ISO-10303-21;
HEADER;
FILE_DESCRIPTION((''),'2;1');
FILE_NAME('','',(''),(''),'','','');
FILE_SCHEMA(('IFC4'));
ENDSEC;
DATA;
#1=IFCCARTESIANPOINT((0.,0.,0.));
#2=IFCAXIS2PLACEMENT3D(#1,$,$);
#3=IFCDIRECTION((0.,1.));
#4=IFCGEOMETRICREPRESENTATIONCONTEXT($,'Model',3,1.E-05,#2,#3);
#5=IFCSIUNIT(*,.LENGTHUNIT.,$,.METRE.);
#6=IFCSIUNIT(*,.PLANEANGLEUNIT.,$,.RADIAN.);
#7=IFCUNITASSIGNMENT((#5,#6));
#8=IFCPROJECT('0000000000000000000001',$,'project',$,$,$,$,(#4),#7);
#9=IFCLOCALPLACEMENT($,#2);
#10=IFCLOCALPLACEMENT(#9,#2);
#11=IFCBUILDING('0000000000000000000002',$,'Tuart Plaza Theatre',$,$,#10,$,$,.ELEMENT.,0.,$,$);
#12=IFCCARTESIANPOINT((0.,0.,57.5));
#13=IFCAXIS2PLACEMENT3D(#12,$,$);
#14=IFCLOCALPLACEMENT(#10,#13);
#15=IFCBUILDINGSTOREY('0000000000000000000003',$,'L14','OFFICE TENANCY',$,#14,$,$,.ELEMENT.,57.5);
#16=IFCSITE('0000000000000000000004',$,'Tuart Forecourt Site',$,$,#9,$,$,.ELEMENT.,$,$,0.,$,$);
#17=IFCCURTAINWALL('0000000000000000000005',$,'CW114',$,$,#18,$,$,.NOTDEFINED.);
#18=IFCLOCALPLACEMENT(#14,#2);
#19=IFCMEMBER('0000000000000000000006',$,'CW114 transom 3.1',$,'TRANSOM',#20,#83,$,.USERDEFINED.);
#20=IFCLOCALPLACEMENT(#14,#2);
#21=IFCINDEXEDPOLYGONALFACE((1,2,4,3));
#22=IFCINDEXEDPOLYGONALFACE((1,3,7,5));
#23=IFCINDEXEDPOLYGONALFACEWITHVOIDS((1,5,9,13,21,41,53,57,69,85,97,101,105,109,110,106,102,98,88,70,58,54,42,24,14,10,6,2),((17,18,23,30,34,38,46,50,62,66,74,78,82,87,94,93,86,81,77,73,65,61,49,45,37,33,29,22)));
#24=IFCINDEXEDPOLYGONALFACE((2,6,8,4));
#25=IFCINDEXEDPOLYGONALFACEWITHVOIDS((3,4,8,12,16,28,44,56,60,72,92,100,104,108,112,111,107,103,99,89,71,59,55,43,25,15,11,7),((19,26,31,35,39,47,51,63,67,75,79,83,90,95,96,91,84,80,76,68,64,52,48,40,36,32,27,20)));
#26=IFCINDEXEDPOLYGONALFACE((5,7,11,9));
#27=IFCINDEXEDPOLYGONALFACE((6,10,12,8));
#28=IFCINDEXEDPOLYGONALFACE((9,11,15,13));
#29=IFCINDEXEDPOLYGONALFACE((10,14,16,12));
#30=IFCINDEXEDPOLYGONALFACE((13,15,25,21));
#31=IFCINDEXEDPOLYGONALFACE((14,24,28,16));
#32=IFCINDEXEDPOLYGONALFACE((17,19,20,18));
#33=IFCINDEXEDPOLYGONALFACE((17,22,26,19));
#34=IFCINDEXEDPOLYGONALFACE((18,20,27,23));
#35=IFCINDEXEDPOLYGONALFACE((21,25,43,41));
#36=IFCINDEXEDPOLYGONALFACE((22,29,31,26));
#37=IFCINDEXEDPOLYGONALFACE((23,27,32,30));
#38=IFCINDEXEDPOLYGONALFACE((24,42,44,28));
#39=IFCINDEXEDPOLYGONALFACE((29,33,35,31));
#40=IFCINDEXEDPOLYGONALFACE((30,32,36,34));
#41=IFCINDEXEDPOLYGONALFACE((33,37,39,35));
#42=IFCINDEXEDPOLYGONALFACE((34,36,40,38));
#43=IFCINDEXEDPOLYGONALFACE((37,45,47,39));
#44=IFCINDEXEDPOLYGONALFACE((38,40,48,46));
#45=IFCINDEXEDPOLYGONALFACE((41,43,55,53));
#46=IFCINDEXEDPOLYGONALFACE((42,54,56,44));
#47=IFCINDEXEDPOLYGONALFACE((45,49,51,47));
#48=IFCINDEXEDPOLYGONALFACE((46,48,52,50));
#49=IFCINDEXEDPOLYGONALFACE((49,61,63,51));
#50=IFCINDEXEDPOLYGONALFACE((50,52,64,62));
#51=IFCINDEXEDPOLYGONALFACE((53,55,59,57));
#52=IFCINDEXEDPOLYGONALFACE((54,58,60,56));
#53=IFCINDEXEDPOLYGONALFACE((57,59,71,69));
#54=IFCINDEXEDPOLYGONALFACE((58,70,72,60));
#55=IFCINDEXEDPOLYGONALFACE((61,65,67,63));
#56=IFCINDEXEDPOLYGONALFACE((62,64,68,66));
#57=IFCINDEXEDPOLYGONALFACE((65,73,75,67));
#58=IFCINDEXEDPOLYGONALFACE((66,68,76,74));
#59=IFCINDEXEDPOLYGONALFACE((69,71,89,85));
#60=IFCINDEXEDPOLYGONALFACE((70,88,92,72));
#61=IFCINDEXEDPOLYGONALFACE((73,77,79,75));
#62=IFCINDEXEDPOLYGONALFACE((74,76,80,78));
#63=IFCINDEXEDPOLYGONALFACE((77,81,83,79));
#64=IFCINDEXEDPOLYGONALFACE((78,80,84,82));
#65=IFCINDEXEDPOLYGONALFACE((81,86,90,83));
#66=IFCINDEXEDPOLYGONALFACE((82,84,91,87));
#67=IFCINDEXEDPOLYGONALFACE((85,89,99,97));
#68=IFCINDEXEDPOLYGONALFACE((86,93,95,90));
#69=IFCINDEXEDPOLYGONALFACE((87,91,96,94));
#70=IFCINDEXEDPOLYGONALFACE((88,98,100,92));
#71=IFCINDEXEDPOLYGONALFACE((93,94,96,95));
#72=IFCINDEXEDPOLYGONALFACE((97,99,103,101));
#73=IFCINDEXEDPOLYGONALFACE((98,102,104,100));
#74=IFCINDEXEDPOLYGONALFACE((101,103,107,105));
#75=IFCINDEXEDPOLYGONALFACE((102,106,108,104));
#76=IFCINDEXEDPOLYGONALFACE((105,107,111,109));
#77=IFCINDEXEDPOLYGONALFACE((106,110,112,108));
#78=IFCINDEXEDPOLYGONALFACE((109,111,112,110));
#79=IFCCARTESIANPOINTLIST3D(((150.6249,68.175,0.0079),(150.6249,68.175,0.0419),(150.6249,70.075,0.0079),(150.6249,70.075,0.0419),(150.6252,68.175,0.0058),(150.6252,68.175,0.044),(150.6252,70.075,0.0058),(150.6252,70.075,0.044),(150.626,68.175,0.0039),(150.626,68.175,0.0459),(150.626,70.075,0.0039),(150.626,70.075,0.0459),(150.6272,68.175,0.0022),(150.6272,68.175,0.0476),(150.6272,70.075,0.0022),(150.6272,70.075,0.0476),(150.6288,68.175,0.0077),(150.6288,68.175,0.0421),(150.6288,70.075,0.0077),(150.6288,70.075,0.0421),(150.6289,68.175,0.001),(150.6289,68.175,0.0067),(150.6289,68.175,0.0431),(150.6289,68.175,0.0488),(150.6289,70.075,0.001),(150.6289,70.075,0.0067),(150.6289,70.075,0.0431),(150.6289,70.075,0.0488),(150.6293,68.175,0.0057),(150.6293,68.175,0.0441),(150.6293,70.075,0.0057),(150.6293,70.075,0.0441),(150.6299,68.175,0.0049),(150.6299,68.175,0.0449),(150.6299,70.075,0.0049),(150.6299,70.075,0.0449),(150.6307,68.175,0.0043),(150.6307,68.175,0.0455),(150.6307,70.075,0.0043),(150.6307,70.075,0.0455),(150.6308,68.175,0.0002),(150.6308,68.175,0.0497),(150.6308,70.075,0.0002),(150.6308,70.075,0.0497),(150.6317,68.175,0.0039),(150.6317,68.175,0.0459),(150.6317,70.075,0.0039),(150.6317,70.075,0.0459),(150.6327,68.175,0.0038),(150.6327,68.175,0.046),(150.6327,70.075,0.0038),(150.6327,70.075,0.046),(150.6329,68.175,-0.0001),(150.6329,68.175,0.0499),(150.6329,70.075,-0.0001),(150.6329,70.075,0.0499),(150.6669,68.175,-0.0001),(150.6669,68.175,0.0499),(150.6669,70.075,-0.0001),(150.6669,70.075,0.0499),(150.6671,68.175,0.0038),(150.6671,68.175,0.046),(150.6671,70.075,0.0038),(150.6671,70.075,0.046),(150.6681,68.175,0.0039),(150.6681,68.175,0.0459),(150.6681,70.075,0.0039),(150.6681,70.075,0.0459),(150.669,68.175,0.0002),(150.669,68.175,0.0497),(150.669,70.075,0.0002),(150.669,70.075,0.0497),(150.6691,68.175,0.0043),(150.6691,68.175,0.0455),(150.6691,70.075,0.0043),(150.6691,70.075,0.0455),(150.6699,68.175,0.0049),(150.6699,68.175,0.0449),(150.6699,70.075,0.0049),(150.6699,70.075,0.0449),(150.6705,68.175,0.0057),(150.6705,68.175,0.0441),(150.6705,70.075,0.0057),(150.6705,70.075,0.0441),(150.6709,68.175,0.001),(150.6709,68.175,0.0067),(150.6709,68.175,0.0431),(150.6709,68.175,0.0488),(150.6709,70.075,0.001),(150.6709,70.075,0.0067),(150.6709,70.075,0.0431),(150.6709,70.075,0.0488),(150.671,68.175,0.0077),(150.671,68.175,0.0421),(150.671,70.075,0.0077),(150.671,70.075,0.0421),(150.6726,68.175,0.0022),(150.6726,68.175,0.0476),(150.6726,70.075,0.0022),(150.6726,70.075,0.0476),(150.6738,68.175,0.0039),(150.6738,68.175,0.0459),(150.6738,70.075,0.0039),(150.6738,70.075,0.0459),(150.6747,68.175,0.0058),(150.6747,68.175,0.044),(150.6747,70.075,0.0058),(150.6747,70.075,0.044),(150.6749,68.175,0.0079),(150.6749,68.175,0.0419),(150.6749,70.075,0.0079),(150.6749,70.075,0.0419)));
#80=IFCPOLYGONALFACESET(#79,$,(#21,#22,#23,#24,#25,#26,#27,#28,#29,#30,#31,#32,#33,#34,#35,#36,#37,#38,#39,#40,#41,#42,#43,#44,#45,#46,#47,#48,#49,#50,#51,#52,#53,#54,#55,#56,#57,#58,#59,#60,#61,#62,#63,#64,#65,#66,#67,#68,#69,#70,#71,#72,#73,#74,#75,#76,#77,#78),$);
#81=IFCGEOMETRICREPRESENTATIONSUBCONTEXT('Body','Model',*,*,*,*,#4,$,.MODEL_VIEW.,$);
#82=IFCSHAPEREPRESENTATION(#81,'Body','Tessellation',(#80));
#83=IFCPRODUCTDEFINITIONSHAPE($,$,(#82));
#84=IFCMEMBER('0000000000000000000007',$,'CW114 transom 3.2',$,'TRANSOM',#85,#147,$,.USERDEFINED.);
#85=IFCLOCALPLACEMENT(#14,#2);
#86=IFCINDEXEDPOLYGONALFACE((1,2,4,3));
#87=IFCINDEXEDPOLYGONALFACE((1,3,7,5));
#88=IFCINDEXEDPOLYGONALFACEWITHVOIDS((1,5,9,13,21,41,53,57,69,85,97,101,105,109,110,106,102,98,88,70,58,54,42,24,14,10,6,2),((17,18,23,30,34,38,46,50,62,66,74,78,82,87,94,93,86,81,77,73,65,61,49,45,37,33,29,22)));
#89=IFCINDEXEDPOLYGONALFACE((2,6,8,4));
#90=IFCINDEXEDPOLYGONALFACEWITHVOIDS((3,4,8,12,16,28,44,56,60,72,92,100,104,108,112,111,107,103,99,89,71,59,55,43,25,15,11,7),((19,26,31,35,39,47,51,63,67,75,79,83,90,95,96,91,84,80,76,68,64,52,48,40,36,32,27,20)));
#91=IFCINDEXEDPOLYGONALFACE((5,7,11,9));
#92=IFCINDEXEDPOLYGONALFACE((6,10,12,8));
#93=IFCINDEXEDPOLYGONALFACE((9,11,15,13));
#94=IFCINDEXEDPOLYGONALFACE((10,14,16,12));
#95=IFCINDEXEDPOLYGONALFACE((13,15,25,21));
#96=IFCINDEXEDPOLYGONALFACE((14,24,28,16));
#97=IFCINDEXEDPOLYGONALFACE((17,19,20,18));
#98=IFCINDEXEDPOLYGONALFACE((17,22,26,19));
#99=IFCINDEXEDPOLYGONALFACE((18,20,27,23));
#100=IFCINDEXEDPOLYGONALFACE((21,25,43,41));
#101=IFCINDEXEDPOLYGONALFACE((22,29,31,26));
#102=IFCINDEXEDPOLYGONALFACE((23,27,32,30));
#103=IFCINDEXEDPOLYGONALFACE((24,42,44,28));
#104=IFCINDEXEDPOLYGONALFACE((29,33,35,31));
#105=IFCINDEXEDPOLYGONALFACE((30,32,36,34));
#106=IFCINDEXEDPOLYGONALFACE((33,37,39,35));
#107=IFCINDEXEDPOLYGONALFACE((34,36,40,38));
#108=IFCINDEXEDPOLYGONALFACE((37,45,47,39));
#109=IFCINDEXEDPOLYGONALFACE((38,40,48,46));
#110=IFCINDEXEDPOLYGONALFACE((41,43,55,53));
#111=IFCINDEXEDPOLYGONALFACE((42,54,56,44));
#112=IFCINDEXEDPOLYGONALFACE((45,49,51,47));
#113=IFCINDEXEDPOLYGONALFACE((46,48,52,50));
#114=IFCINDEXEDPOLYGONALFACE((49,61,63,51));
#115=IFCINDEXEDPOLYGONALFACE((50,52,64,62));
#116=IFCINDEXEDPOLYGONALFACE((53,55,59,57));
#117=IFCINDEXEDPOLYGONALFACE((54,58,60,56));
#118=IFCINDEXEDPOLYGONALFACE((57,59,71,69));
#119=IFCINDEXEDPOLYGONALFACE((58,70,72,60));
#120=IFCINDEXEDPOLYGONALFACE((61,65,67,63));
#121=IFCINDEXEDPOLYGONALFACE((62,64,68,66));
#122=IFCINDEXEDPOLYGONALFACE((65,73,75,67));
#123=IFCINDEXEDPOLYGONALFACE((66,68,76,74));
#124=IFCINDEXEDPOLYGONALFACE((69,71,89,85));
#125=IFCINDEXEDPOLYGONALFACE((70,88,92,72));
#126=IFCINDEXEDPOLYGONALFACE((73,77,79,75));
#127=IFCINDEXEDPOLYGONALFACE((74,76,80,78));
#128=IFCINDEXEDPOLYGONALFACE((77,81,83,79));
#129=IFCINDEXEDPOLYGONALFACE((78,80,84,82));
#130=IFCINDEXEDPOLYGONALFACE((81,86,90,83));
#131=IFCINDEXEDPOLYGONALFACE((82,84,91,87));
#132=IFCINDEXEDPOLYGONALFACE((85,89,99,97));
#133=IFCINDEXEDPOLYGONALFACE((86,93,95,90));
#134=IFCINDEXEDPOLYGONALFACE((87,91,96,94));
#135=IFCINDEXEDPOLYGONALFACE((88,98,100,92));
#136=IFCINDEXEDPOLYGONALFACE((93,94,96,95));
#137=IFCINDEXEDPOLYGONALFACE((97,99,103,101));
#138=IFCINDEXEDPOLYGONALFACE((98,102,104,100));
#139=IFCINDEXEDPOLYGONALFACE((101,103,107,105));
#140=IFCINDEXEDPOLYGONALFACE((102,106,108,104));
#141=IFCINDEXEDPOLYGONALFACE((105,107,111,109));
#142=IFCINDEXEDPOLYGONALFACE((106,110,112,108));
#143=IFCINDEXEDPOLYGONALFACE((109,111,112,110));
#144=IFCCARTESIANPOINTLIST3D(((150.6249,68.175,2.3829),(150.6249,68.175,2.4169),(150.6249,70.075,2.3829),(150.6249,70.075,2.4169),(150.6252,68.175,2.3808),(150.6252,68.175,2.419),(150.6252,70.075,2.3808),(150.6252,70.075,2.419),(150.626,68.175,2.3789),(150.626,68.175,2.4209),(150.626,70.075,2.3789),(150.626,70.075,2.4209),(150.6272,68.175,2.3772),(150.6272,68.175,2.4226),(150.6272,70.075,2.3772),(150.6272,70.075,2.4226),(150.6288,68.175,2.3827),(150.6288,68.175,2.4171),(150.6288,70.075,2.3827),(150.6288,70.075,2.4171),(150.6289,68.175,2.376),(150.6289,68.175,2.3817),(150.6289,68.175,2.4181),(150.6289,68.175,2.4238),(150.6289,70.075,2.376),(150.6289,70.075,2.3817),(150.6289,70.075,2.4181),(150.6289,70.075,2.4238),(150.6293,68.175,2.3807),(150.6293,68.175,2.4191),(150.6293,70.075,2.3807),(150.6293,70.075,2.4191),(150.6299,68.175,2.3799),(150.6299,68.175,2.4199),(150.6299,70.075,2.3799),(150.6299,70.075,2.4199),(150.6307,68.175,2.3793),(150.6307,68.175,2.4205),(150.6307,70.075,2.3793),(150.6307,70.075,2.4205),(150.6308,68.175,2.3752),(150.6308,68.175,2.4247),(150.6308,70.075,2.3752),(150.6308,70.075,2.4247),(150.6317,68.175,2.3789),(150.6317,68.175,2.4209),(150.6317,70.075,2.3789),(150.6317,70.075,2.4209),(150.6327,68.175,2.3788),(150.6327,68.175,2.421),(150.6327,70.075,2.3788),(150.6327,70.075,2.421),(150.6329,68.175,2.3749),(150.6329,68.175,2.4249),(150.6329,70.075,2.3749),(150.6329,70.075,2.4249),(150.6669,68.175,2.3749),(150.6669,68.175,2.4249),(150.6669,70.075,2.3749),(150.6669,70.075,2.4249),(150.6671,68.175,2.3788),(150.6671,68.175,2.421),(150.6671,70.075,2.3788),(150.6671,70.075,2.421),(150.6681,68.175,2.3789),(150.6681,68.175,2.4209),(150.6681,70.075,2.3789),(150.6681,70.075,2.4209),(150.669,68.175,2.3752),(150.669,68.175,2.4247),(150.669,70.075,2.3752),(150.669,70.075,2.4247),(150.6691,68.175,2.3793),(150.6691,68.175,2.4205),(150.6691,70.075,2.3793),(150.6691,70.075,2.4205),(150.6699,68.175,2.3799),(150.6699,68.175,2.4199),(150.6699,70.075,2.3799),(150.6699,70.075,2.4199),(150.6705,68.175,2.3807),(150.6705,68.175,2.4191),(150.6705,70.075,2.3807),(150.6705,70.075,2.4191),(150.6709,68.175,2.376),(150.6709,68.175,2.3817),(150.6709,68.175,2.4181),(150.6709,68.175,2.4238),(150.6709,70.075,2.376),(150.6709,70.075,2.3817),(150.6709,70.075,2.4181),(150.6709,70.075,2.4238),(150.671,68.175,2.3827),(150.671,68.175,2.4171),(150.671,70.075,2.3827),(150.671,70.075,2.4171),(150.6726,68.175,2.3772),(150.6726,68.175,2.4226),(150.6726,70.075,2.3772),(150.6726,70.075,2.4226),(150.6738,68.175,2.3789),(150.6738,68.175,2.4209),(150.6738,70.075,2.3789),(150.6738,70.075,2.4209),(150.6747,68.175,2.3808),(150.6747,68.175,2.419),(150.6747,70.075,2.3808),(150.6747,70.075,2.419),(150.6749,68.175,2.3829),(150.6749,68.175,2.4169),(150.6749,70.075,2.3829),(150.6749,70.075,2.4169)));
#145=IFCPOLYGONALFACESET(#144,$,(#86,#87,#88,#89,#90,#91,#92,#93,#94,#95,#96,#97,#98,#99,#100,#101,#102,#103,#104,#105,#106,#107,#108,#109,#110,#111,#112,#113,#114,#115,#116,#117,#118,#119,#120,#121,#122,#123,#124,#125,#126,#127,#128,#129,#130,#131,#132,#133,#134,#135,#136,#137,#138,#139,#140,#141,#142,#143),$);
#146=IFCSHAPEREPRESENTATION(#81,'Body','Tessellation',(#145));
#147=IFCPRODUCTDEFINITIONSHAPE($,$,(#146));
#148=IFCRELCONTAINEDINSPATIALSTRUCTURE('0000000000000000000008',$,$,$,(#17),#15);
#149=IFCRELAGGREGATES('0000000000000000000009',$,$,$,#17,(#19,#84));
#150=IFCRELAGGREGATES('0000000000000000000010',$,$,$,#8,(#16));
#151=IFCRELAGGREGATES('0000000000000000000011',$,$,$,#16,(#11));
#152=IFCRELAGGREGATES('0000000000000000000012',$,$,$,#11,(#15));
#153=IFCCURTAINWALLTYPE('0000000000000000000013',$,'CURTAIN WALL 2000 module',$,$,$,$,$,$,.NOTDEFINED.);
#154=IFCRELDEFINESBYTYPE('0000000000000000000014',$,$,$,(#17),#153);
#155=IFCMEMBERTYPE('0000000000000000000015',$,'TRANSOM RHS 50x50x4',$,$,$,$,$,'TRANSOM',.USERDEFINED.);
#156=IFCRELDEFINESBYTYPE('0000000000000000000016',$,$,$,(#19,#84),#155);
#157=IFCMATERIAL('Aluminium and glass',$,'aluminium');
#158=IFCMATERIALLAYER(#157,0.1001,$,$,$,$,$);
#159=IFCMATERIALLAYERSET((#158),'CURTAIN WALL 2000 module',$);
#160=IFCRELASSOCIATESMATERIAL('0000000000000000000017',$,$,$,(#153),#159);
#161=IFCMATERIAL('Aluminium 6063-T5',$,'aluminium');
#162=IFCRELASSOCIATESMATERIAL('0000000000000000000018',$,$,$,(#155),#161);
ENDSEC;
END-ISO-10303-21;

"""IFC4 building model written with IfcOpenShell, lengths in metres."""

from ifc_helpers import new_model, si_unit, direction, frame, origin, origin_2d, place, context, subcontext, project, spatial, hollow_rectangle, extrude, material, layer, layer_set, material_profile, profile_set, type_object, element, aggregate, save


model = new_model("IFC4")

# Units and contexts
model_context = context("Model", 3, precision=1e-05, world=origin(), true_north=direction((0.0, 1.0)))
body_context = subcontext(model_context, "Body", "Model", "MODEL_VIEW")
ifc_project = project(units=[si_unit("LENGTHUNIT", "METRE"), si_unit("PLANEANGLEUNIT", "RADIAN")], contexts=[model_context])

# Site, building, storey
site_placement = place(None, origin())
site = spatial("IfcSite", under=ifc_project, at=site_placement, Name="Tuart Forecourt Site", CompositionType="ELEMENT", RefElevation=0.0)
building_placement = place(site_placement, origin())
building = spatial("IfcBuilding", under=site, at=building_placement, Name="Tuart Plaza Theatre", CompositionType="ELEMENT", ElevationOfRefHeight=0.0)
storey_placement = place(building_placement, frame((0.0, 0.0, 57.5)))
storey = spatial("IfcBuildingStorey", under=building, at=storey_placement, Name="L14", Description="OFFICE TENANCY", CompositionType="ELEMENT", Elevation=57.5)

# Shared definitions
ifc_material_1 = material(Name="Aluminium and glass", Category="aluminium")
ifc_layer_1 = layer(ifc_material_1, 0.1001)
ifc_layer_set_1 = layer_set([ifc_layer_1], Name="CURTAIN WALL 2000 module")
curtain_wall_type = type_object("IfcCurtainWallType", Name="CURTAIN WALL 2000 module", PredefinedType="NOTDEFINED", material=ifc_layer_set_1)

# Curtain wall, members
curtain_wall_1_placement = place(storey_placement, origin())
curtain_wall_1 = element("IfcCurtainWall", 1, at=curtain_wall_1_placement, inside=storey, type_object=curtain_wall_type, Name="CW114", PredefinedType="NOTDEFINED")
ifc_material_2 = material(Name="Aluminium 6063-T5", Category="aluminium")
ifc_material_profile_1 = material_profile(ifc_material_2, hollow_rectangle(XDim=0.05, YDim=0.05, WallThickness=0.0039, InnerFilletRadius=0.0039, OuterFilletRadius=0.0081, at=origin_2d()), Name="RHS 50x50x4")
ifc_profile_set_1 = profile_set([ifc_material_profile_1], Name="Aluminium 6063-T5")
member_type_1 = type_object("IfcMemberType", Name="TRANSOM RHS 50x50x4", ElementType="TRANSOM", PredefinedType="USERDEFINED", material=ifc_profile_set_1)
member_1_placement = place(storey_placement, frame((150.6499, 68.175, 0.0249), z_axis=(0.0, 1.0, 0.0), x_axis=(-1.0, 0.0, 0.0)))
member_1 = element("IfcMember", 2, at=member_1_placement, type_object=member_type_1, Name="CW114 transom 3.1", ObjectType="TRANSOM", PredefinedType="USERDEFINED", context=body_context, shape_type="SweptSolid", body=[
    extrude(hollow_rectangle(XDim=0.05, YDim=0.05, WallThickness=0.0039, InnerFilletRadius=0.0039, OuterFilletRadius=0.0081, at=origin_2d()), origin(), (0.0, 0.0, 1.0), 1.8999),
])
member_2_placement = place(storey_placement, frame((150.6499, 68.175, 2.3999), z_axis=(0.0, 1.0, 0.0), x_axis=(-1.0, 0.0, 0.0)))
member_2 = element("IfcMember", 3, at=member_2_placement, type_object=member_type_1, Name="CW114 transom 3.2", ObjectType="TRANSOM", PredefinedType="USERDEFINED", context=body_context, shape_type="SweptSolid", body=[
    extrude(hollow_rectangle(XDim=0.05, YDim=0.05, WallThickness=0.0039, InnerFilletRadius=0.0039, OuterFilletRadius=0.0081, at=origin_2d()), origin(), (0.0, 0.0, 1.0), 1.8999),
])

aggregate(curtain_wall_1, [member_1, member_2])

save(model, "model.ifc")
